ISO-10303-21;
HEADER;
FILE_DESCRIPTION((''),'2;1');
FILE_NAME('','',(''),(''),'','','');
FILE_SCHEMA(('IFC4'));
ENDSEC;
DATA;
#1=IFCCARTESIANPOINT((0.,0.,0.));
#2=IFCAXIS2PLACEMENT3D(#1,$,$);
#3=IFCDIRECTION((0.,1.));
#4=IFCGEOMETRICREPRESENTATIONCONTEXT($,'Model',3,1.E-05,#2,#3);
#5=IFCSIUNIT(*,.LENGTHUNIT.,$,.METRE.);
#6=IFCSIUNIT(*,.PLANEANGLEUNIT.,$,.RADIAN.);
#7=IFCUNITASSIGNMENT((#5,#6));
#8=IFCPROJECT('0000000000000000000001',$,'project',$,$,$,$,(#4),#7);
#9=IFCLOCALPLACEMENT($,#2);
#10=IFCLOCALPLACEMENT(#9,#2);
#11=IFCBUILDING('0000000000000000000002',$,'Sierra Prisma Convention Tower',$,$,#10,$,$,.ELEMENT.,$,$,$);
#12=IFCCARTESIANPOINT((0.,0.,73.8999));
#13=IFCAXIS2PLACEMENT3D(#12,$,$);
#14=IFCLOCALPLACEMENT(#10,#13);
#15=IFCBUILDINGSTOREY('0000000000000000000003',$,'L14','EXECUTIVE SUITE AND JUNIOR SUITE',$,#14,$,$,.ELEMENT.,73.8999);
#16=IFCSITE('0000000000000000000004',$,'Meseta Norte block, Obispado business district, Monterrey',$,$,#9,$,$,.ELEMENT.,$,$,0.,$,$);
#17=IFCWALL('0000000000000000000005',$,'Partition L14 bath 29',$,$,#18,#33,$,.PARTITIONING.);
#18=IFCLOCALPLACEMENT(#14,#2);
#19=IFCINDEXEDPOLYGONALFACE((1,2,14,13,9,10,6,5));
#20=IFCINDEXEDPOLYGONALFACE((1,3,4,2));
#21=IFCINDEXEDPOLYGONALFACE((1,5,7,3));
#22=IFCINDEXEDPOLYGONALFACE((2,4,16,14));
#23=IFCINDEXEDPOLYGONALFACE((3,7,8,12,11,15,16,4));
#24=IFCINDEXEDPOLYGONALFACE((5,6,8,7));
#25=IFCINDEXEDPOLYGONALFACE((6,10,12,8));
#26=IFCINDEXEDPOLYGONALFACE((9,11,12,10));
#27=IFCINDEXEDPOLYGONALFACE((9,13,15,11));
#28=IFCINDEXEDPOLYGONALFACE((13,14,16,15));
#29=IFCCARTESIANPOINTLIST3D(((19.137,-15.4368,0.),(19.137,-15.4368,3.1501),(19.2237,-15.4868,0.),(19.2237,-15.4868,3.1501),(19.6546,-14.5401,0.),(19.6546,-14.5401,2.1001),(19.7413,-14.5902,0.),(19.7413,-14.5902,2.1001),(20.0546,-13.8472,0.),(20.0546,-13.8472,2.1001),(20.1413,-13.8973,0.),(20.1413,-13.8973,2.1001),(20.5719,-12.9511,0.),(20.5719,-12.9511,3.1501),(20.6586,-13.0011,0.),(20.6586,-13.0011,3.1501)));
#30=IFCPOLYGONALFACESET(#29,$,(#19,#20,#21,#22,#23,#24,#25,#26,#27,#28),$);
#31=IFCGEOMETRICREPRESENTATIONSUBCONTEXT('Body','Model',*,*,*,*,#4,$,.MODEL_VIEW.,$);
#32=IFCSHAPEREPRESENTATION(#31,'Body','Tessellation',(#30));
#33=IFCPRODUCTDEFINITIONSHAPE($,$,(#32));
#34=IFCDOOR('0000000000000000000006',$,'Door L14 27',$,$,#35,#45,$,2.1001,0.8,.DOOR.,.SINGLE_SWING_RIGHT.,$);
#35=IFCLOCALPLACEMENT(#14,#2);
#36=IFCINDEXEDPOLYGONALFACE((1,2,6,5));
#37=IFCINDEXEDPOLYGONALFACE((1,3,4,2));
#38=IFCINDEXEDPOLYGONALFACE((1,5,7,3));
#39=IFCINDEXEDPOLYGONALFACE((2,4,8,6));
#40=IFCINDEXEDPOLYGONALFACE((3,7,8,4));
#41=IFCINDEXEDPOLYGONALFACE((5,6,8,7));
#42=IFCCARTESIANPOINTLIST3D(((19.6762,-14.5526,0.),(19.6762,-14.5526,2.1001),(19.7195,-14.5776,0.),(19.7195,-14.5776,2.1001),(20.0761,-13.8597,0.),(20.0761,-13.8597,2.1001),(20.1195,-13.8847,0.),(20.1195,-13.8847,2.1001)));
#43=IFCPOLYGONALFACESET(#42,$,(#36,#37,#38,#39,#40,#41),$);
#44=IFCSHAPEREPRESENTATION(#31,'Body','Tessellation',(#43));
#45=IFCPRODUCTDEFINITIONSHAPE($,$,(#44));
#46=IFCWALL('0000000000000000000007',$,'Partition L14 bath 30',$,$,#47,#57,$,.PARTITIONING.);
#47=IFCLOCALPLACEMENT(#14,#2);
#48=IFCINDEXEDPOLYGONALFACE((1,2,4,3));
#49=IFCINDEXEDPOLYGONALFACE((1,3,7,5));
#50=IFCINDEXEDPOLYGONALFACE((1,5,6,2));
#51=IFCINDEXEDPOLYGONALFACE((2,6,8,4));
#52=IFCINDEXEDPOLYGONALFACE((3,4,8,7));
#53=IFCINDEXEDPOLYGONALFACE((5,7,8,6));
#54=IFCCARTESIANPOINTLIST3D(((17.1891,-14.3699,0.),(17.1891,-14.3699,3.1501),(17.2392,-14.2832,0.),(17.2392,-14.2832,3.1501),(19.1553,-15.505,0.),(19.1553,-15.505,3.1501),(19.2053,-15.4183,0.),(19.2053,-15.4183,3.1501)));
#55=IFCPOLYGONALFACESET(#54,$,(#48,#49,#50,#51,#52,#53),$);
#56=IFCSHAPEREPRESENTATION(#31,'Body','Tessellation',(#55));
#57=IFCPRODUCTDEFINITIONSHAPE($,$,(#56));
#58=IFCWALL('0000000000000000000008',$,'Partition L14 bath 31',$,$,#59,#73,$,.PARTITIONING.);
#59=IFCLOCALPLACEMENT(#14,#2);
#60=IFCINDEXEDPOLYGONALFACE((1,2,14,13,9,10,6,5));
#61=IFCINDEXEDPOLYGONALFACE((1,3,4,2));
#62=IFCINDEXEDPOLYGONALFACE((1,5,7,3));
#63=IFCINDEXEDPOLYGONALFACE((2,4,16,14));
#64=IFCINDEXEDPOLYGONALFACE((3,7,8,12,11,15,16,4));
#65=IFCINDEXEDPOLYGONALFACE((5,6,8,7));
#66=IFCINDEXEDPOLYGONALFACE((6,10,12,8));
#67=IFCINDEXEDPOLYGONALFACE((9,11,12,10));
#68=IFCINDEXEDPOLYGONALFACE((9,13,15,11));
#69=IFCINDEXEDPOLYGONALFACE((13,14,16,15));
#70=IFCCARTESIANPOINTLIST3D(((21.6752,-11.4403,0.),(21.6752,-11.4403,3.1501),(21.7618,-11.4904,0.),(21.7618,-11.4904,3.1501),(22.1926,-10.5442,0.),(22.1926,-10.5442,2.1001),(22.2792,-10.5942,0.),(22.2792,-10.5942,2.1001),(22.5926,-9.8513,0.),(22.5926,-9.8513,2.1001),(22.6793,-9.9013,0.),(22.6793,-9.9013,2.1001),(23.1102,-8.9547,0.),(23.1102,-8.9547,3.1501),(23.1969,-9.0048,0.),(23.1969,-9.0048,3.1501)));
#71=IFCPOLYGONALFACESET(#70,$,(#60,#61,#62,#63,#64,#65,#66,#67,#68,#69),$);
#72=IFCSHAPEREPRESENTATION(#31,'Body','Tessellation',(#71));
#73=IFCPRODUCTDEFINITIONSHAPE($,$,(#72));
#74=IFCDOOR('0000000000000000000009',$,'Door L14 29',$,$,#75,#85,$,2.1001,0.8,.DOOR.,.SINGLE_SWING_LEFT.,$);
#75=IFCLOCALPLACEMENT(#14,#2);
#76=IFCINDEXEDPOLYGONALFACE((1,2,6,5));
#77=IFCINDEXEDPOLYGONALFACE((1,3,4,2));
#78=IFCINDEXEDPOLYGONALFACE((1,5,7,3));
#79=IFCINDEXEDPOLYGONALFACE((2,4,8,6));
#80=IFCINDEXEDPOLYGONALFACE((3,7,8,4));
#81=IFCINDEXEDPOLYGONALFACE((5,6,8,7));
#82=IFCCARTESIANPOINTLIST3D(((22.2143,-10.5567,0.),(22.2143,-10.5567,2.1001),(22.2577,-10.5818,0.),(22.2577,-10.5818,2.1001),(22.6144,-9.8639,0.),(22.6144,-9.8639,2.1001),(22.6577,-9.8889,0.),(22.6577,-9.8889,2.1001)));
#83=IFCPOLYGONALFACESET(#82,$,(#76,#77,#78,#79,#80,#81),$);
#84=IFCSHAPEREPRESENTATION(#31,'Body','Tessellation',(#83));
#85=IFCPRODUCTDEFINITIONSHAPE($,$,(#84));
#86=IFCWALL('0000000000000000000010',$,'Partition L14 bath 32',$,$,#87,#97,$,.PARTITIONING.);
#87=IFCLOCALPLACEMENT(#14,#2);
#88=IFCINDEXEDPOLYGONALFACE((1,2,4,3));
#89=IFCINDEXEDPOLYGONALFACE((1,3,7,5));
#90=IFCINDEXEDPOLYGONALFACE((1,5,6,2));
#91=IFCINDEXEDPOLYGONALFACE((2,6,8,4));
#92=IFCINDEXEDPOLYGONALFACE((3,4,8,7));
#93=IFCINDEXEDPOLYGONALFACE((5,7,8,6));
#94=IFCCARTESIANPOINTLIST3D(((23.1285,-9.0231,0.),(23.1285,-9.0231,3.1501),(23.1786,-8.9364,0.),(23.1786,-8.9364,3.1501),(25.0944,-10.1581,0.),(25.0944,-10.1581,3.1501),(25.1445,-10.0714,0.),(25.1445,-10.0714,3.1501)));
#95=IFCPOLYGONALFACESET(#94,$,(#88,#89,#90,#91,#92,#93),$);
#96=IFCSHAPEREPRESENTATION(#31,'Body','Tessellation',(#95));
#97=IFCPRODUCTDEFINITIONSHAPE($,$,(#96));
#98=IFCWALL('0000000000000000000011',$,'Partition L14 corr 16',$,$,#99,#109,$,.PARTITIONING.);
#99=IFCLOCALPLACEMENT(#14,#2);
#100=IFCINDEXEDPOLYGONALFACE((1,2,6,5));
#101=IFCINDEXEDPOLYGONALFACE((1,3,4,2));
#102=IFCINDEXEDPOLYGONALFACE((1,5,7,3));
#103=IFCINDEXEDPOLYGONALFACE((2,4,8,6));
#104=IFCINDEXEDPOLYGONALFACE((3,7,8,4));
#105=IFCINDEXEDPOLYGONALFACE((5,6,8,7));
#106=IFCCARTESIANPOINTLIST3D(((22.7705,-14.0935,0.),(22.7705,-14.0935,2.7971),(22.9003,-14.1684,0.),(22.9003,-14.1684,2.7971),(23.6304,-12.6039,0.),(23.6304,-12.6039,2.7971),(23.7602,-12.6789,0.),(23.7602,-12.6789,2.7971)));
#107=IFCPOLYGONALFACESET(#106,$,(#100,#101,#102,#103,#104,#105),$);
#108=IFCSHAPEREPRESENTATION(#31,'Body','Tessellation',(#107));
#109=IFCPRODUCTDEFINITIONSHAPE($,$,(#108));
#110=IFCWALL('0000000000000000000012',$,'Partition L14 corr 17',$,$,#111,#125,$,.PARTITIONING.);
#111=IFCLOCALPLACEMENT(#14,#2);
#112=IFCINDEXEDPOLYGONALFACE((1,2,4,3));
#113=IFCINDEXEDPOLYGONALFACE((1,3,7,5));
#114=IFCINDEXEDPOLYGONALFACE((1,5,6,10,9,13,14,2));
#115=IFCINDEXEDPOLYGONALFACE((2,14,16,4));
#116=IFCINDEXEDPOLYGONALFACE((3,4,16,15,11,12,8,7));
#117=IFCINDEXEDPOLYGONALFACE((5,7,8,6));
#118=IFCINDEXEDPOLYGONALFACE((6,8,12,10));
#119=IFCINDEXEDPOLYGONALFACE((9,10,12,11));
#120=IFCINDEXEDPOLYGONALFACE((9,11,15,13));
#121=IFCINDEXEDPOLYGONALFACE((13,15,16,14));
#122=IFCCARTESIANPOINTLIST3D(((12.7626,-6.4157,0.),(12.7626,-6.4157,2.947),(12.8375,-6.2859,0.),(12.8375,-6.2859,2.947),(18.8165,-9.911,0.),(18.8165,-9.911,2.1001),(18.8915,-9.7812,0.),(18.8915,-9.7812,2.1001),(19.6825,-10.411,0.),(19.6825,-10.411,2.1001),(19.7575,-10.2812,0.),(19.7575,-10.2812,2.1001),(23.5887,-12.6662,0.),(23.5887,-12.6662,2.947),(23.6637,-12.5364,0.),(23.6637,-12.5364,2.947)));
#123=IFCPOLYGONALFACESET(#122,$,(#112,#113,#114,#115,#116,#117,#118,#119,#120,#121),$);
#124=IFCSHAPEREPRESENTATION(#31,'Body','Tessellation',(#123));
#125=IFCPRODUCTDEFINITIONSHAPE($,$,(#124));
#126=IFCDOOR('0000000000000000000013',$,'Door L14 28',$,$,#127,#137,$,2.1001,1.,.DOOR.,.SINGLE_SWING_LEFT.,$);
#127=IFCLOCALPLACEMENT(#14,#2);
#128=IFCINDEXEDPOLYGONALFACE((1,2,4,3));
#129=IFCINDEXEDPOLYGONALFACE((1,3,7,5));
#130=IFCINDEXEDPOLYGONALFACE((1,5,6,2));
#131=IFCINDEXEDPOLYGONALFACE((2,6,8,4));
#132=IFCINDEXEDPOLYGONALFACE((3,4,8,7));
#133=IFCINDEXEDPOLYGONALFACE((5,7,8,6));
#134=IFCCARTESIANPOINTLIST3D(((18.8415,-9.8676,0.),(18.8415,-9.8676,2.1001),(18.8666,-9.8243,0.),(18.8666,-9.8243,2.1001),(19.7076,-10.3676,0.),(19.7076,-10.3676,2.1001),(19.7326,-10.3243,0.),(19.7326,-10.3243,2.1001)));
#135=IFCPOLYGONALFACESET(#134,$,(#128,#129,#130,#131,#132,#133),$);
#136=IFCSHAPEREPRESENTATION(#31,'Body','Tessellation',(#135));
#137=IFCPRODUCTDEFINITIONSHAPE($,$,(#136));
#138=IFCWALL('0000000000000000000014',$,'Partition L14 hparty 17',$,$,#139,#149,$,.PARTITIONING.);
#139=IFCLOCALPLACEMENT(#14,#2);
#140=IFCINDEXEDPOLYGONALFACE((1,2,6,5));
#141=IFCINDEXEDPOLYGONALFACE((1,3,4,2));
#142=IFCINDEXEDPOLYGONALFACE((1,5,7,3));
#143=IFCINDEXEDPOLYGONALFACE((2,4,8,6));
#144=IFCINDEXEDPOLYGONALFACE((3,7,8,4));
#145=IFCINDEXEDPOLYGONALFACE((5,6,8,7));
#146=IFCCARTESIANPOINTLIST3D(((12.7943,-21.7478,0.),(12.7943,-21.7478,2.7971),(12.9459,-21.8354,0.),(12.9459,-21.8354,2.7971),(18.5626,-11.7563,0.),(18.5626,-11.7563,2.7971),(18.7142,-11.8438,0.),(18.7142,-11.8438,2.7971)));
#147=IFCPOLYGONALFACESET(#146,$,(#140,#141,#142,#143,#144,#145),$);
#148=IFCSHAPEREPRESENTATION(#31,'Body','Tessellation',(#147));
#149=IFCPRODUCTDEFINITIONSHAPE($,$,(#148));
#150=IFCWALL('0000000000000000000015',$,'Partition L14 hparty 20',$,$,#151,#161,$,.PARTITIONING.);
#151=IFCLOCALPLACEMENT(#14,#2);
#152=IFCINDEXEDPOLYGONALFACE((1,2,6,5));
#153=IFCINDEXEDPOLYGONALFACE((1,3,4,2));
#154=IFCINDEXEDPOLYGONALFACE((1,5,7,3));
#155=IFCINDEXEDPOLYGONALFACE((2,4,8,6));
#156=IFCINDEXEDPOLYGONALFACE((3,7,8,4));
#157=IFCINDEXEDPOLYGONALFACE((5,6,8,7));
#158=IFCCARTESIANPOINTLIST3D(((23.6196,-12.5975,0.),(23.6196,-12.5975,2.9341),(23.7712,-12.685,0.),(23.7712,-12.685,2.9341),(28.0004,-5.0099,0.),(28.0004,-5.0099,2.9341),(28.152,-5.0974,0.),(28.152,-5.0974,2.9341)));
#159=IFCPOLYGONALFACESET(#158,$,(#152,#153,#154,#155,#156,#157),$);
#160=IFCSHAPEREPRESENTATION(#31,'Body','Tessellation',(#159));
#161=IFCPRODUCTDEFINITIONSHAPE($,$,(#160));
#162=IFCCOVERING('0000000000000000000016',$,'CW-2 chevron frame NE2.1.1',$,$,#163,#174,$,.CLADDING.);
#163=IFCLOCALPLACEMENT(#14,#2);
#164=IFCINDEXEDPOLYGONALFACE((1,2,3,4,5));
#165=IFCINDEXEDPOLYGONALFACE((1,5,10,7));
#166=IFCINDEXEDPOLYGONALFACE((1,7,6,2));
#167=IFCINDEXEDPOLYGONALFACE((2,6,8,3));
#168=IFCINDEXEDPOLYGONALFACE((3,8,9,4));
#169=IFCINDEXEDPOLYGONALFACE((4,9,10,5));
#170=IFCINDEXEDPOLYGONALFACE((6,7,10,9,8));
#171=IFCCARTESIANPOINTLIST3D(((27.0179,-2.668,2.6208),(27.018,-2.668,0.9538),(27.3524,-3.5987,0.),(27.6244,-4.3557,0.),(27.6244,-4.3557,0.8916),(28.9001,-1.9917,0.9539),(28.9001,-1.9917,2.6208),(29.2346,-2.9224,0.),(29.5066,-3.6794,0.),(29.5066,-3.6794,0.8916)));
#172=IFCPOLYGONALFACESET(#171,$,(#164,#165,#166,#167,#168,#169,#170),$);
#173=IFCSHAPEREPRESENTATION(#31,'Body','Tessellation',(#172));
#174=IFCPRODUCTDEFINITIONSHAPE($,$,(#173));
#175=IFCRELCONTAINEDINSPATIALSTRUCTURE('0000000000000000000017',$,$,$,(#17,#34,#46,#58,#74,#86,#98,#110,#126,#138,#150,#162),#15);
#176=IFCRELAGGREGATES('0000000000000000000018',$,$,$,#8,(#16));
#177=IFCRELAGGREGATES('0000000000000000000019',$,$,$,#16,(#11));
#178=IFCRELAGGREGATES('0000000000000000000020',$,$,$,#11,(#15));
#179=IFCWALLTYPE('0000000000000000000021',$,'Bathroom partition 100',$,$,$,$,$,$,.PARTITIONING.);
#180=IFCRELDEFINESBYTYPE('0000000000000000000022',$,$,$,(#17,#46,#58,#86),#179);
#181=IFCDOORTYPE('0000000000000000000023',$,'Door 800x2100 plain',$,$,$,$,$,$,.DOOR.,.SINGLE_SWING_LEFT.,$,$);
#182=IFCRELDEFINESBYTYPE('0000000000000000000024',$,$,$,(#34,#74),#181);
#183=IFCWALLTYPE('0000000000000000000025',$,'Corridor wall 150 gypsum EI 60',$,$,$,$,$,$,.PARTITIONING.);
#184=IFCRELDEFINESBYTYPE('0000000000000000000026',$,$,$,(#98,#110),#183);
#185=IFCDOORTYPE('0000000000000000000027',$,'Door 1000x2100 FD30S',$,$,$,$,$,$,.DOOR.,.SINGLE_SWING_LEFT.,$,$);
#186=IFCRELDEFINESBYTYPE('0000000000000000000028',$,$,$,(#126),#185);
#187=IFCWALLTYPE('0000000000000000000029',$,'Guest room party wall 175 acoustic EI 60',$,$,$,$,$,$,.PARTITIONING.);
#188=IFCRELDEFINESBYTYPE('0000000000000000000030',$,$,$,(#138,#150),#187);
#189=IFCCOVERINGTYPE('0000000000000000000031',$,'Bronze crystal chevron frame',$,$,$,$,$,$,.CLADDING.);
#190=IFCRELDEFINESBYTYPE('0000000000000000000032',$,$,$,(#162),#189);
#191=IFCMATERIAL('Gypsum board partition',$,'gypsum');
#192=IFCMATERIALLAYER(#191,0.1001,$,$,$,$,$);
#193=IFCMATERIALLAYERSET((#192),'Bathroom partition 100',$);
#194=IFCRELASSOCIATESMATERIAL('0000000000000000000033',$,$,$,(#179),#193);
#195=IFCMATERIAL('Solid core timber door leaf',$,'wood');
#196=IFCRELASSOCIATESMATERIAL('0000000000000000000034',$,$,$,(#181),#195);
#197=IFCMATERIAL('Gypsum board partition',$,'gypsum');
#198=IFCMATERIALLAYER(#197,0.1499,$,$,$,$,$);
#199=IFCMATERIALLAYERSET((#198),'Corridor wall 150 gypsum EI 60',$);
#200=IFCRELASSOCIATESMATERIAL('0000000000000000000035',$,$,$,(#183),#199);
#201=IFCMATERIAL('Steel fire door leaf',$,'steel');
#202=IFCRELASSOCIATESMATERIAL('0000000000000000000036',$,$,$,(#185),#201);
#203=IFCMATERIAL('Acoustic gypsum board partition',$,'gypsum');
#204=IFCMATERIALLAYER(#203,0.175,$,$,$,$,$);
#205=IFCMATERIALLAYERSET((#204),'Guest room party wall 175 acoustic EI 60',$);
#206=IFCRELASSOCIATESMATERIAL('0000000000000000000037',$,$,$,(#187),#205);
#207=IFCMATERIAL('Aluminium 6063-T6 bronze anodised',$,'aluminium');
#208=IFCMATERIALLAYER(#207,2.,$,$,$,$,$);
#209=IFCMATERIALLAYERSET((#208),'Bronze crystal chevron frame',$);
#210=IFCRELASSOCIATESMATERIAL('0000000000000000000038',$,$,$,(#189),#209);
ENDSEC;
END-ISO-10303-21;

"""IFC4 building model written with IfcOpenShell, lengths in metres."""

from ifc_helpers import new_model, si_unit, direction, frame, frame_2d, origin, place, context, subcontext, project, spatial, polyline, rectangle, outline, extrude, material, layer, layer_set, type_object, element, fill, save


model = new_model("IFC4")

# Units and contexts
model_context = context("Model", 3, precision=1e-05, world=origin(), true_north=direction((0.0, 1.0)))
body_context = subcontext(model_context, "Body", "Model", "MODEL_VIEW")
ifc_project = project(units=[si_unit("LENGTHUNIT", "METRE"), si_unit("PLANEANGLEUNIT", "RADIAN")], contexts=[model_context])

# Site, building, storey
site_placement = place(None, origin())
site = spatial("IfcSite", under=ifc_project, at=site_placement, Name="Meseta Norte block, Obispado business district, Monterrey", CompositionType="ELEMENT", RefElevation=0.0)
building_placement = place(site_placement, origin())
building = spatial("IfcBuilding", under=site, at=building_placement, Name="Sierra Prisma Convention Tower", CompositionType="ELEMENT")
storey_placement = place(building_placement, frame((0.0, 0.0, 73.8999)))
storey = spatial("IfcBuildingStorey", under=building, at=storey_placement, Name="L14", Description="EXECUTIVE SUITE AND JUNIOR SUITE", CompositionType="ELEMENT", Elevation=73.8999)

# Wall, opening, door
ifc_material_1 = material(Name="Gypsum board partition", Category="gypsum")
ifc_layer_1 = layer(ifc_material_1, 0.1001)
ifc_layer_set_1 = layer_set([ifc_layer_1], Name="Bathroom partition 100")
wall_type_1 = type_object("IfcWallType", Name="Bathroom partition 100", PredefinedType="PARTITIONING", material=ifc_layer_set_1)
wall_1_placement = place(storey_placement, frame((20.6152, -12.9761, 0.0), z_axis=(0.0, 0.0, 1.0), x_axis=(-0.499936, -0.866062, 0.0)))
wall_1 = element("IfcWall", 1, at=wall_1_placement, inside=storey, type_object=wall_type_1, Name="Partition L14 bath 29", PredefinedType="PARTITIONING", context=body_context, shape_type="SweptSolid", body=[
    extrude(rectangle(XDim=2.8701, YDim=0.1001, at=frame_2d((1.4351, 0.0))), origin(), (0.0, 0.0, 1.0), 3.1501),
])
opening_1_placement = place(wall_1_placement, frame((1.0349, 0.0, 0.0)))
opening_1 = element("IfcOpeningElement", 2, at=opening_1_placement, cuts=wall_1, PredefinedType="OPENING", context=body_context, shape_type="SweptSolid", body=[
    extrude(rectangle(XDim=0.8, YDim=2.1001, at=frame_2d((0.3999, 1.05))), frame((0.0, 0.05, 0.0), z_axis=(0.0, -1.0, 0.0), x_axis=(1.0, 0.0, 0.0)), (0.0, 0.0, 1.0), 0.1001),
])
ifc_material_2 = material(Name="Solid core timber door leaf", Category="wood")
door_type_1 = type_object("IfcDoorType", Name="Door 800x2100 plain", OperationType="SINGLE_SWING_LEFT", PredefinedType="DOOR", material=ifc_material_2)
door_1_placement = place(opening_1_placement, origin())
door_1 = element("IfcDoor", 3, at=door_1_placement, inside=storey, type_object=door_type_1, Name="Door L14 27", OperationType="SINGLE_SWING_RIGHT", OverallHeight=2.1001, OverallWidth=0.8, PredefinedType="DOOR", context=body_context, shape_type="SweptSolid", body=[
    extrude(rectangle(XDim=0.8, YDim=2.1001, at=frame_2d((0.3999, 1.05))), frame((0.0, 0.0249, 0.0), z_axis=(0.0, -1.0, 0.0), x_axis=(1.0, 0.0, 0.0)), (0.0, 0.0, 1.0), 0.05),
])
fill(opening_1, door_1)

# Wall
wall_2_placement = place(storey_placement, frame((19.1804, -15.4617, 0.0), z_axis=(0.0, 0.0, 1.0), x_axis=(-0.866044, 0.499968, 0.0)))
element("IfcWall", 4, at=wall_2_placement, inside=storey, type_object=wall_type_1, Name="Partition L14 bath 30", PredefinedType="PARTITIONING", context=body_context, shape_type="SweptSolid", body=[
    extrude(rectangle(XDim=2.2703, YDim=0.1001, at=frame_2d((1.1353, 0.0))), origin(), (0.0, 0.0, 1.0), 3.1501),
])

# Wall, opening, door
wall_3_placement = place(storey_placement, frame((21.7185, -11.4653, 0.0), z_axis=(0.0, 0.0, 1.0), x_axis=(0.5, 0.866026, 0.0)))
wall_3 = element("IfcWall", 5, at=wall_3_placement, inside=storey, type_object=wall_type_1, Name="Partition L14 bath 31", PredefinedType="PARTITIONING", context=body_context, shape_type="SweptSolid", body=[
    extrude(rectangle(XDim=2.8701, YDim=0.1001, at=frame_2d((1.4351, 0.0))), origin(), (0.0, 0.0, 1.0), 3.1501),
])
opening_2_placement = place(wall_3_placement, frame((1.0349, 0.0, 0.0)))
opening_2 = element("IfcOpeningElement", 6, at=opening_2_placement, cuts=wall_3, PredefinedType="OPENING", context=body_context, shape_type="SweptSolid", body=[
    extrude(rectangle(XDim=0.8, YDim=2.1001, at=frame_2d((0.3999, 1.05))), frame((0.0, 0.05, 0.0), z_axis=(0.0, -1.0, 0.0), x_axis=(1.0, 0.0, 0.0)), (0.0, 0.0, 1.0), 0.1001),
])
door_2_placement = place(opening_2_placement, origin())
door_2 = element("IfcDoor", 7, at=door_2_placement, inside=storey, type_object=door_type_1, Name="Door L14 29", OperationType="SINGLE_SWING_LEFT", OverallHeight=2.1001, OverallWidth=0.8, PredefinedType="DOOR", context=body_context, shape_type="SweptSolid", body=[
    extrude(rectangle(XDim=0.8, YDim=2.1001, at=frame_2d((0.3999, 1.05))), frame((0.0, 0.0249, 0.0), z_axis=(0.0, -1.0, 0.0), x_axis=(1.0, 0.0, 0.0)), (0.0, 0.0, 1.0), 0.05),
])
fill(opening_2, door_2)

# Walls
wall_4_placement = place(storey_placement, frame((23.1536, -8.9797, 0.0), z_axis=(0.0, 0.0, 1.0), x_axis=(0.866017, -0.500014, 0.0)))
element("IfcWall", 8, at=wall_4_placement, inside=storey, type_object=wall_type_1, Name="Partition L14 bath 32", PredefinedType="PARTITIONING", context=body_context, shape_type="SweptSolid", body=[
    extrude(rectangle(XDim=2.27, YDim=0.1001, at=frame_2d((1.135, 0.0))), origin(), (0.0, 0.0, 1.0), 3.1501),
])
ifc_material_3 = material(Name="Gypsum board partition", Category="gypsum")
ifc_layer_2 = layer(ifc_material_3, 0.1499)
ifc_layer_set_2 = layer_set([ifc_layer_2], Name="Corridor wall 150 gypsum EI 60")
wall_type_2 = type_object("IfcWallType", Name="Corridor wall 150 gypsum EI 60", PredefinedType="PARTITIONING", material=ifc_layer_set_2)
wall_5_placement = place(storey_placement, frame((22.8354, -14.1309, 0.0), z_axis=(0.0, 0.0, 1.0), x_axis=(0.499956, 0.866051, 0.0)))
element("IfcWall", 9, at=wall_5_placement, inside=storey, type_object=wall_type_2, Name="Partition L14 corr 16", PredefinedType="PARTITIONING", context=body_context, shape_type="SweptSolid", body=[
    extrude(rectangle(XDim=1.72, YDim=0.1499, at=frame_2d((0.8599, 0.0))), origin(), (0.0, 0.0, 1.0), 2.7971),
])

# Wall, opening, door
wall_6_placement = place(storey_placement, frame((23.6262, -12.6013, 0.0), z_axis=(0.0, 0.0, 1.0), x_axis=(-0.866026, 0.5, 0.0)))
wall_6 = element("IfcWall", 10, at=wall_6_placement, inside=storey, type_object=wall_type_2, Name="Partition L14 corr 17", PredefinedType="PARTITIONING", context=body_context, shape_type="SweptSolid", body=[
    extrude(rectangle(XDim=12.501, YDim=0.1499, at=frame_2d((6.2505, 0.0))), origin(), (0.0, 0.0, 1.0), 2.947),
])
opening_3_placement = place(wall_6_placement, frame((4.5105, 0.0, 0.0)))
opening_3 = element("IfcOpeningElement", 11, at=opening_3_placement, cuts=wall_6, PredefinedType="OPENING", context=body_context, shape_type="SweptSolid", body=[
    extrude(rectangle(XDim=1.0, YDim=2.1001, at=frame_2d((0.5, 1.05))), frame((0.0, 0.075, 0.0), z_axis=(0.0, -1.0, 0.0), x_axis=(1.0, 0.0, 0.0)), (0.0, 0.0, 1.0), 0.1499),
])
ifc_material_4 = material(Name="Steel fire door leaf", Category="steel")
door_type_2 = type_object("IfcDoorType", Name="Door 1000x2100 FD30S", OperationType="SINGLE_SWING_LEFT", PredefinedType="DOOR", material=ifc_material_4)
door_3_placement = place(opening_3_placement, origin())
door_3 = element("IfcDoor", 12, at=door_3_placement, inside=storey, type_object=door_type_2, Name="Door L14 28", OperationType="SINGLE_SWING_LEFT", OverallHeight=2.1001, OverallWidth=1.0, PredefinedType="DOOR", context=body_context, shape_type="SweptSolid", body=[
    extrude(rectangle(XDim=1.0, YDim=2.1001, at=frame_2d((0.5, 1.05))), frame((0.0, 0.0249, 0.0), z_axis=(0.0, -1.0, 0.0), x_axis=(1.0, 0.0, 0.0)), (0.0, 0.0, 1.0), 0.05),
])
fill(opening_3, door_3)

# Walls
ifc_material_5 = material(Name="Acoustic gypsum board partition", Category="gypsum")
ifc_layer_3 = layer(ifc_material_5, 0.175)
ifc_layer_set_3 = layer_set([ifc_layer_3], Name="Guest room party wall 175 acoustic EI 60")
wall_type_3 = type_object("IfcWallType", Name="Guest room party wall 175 acoustic EI 60", PredefinedType="PARTITIONING", material=ifc_layer_set_3)
wall_7_placement = place(storey_placement, frame((18.6384, -11.8, 0.0), z_axis=(0.0, 0.0, 1.0), x_axis=(-0.499983, -0.866035, 0.0)))
element("IfcWall", 13, at=wall_7_placement, inside=storey, type_object=wall_type_3, Name="Partition L14 hparty 17", PredefinedType="PARTITIONING", context=body_context, shape_type="SweptSolid", body=[
    extrude(rectangle(XDim=11.5371, YDim=0.175, at=frame_2d((5.7686, 0.0))), origin(), (0.0, 0.0, 1.0), 2.7971),
])
wall_8_placement = place(storey_placement, frame((23.6953, -12.6414, 0.0), z_axis=(0.0, 0.0, 1.0), x_axis=(0.500011, 0.866019, 0.0)))
element("IfcWall", 14, at=wall_8_placement, inside=storey, type_object=wall_type_3, Name="Partition L14 hparty 20", PredefinedType="PARTITIONING", context=body_context, shape_type="SweptSolid", body=[
    extrude(rectangle(XDim=8.7615, YDim=0.175, at=frame_2d((4.3809, 0.0))), origin(), (0.0, 0.0, 1.0), 2.9341),
])

# Covering
ifc_material_6 = material(Name="Aluminium 6063-T6 bronze anodised", Category="aluminium")
ifc_layer_4 = layer(ifc_material_6, 2.0)
ifc_layer_set_4 = layer_set([ifc_layer_4], Name="Bronze crystal chevron frame")
covering_type = type_object("IfcCoveringType", Name="Bronze crystal chevron frame", PredefinedType="CLADDING", material=ifc_layer_set_4)
covering_placement = place(storey_placement, frame((29.5066, -3.6794, 0.0), z_axis=(0.941094, 0.338145, 0.00002), x_axis=(-0.338145, 0.941094, 0.0)))
element("IfcCovering", 15, at=covering_placement, inside=storey, type_object=covering_type, Name="CW-2 chevron frame NE2.1.1", PredefinedType="CLADDING", context=body_context, shape_type="SweptSolid", body=[
    extrude(outline(polyline([(0.0, 0.0), (0.8044, 0.0), (1.7934, 0.9539), (1.7934, 2.6208), (0.0, 0.8916), (0.0, 0.0)])), origin(), (0.0, 0.0, -1.0), 2.0),
])

save(model, "model.ifc")
